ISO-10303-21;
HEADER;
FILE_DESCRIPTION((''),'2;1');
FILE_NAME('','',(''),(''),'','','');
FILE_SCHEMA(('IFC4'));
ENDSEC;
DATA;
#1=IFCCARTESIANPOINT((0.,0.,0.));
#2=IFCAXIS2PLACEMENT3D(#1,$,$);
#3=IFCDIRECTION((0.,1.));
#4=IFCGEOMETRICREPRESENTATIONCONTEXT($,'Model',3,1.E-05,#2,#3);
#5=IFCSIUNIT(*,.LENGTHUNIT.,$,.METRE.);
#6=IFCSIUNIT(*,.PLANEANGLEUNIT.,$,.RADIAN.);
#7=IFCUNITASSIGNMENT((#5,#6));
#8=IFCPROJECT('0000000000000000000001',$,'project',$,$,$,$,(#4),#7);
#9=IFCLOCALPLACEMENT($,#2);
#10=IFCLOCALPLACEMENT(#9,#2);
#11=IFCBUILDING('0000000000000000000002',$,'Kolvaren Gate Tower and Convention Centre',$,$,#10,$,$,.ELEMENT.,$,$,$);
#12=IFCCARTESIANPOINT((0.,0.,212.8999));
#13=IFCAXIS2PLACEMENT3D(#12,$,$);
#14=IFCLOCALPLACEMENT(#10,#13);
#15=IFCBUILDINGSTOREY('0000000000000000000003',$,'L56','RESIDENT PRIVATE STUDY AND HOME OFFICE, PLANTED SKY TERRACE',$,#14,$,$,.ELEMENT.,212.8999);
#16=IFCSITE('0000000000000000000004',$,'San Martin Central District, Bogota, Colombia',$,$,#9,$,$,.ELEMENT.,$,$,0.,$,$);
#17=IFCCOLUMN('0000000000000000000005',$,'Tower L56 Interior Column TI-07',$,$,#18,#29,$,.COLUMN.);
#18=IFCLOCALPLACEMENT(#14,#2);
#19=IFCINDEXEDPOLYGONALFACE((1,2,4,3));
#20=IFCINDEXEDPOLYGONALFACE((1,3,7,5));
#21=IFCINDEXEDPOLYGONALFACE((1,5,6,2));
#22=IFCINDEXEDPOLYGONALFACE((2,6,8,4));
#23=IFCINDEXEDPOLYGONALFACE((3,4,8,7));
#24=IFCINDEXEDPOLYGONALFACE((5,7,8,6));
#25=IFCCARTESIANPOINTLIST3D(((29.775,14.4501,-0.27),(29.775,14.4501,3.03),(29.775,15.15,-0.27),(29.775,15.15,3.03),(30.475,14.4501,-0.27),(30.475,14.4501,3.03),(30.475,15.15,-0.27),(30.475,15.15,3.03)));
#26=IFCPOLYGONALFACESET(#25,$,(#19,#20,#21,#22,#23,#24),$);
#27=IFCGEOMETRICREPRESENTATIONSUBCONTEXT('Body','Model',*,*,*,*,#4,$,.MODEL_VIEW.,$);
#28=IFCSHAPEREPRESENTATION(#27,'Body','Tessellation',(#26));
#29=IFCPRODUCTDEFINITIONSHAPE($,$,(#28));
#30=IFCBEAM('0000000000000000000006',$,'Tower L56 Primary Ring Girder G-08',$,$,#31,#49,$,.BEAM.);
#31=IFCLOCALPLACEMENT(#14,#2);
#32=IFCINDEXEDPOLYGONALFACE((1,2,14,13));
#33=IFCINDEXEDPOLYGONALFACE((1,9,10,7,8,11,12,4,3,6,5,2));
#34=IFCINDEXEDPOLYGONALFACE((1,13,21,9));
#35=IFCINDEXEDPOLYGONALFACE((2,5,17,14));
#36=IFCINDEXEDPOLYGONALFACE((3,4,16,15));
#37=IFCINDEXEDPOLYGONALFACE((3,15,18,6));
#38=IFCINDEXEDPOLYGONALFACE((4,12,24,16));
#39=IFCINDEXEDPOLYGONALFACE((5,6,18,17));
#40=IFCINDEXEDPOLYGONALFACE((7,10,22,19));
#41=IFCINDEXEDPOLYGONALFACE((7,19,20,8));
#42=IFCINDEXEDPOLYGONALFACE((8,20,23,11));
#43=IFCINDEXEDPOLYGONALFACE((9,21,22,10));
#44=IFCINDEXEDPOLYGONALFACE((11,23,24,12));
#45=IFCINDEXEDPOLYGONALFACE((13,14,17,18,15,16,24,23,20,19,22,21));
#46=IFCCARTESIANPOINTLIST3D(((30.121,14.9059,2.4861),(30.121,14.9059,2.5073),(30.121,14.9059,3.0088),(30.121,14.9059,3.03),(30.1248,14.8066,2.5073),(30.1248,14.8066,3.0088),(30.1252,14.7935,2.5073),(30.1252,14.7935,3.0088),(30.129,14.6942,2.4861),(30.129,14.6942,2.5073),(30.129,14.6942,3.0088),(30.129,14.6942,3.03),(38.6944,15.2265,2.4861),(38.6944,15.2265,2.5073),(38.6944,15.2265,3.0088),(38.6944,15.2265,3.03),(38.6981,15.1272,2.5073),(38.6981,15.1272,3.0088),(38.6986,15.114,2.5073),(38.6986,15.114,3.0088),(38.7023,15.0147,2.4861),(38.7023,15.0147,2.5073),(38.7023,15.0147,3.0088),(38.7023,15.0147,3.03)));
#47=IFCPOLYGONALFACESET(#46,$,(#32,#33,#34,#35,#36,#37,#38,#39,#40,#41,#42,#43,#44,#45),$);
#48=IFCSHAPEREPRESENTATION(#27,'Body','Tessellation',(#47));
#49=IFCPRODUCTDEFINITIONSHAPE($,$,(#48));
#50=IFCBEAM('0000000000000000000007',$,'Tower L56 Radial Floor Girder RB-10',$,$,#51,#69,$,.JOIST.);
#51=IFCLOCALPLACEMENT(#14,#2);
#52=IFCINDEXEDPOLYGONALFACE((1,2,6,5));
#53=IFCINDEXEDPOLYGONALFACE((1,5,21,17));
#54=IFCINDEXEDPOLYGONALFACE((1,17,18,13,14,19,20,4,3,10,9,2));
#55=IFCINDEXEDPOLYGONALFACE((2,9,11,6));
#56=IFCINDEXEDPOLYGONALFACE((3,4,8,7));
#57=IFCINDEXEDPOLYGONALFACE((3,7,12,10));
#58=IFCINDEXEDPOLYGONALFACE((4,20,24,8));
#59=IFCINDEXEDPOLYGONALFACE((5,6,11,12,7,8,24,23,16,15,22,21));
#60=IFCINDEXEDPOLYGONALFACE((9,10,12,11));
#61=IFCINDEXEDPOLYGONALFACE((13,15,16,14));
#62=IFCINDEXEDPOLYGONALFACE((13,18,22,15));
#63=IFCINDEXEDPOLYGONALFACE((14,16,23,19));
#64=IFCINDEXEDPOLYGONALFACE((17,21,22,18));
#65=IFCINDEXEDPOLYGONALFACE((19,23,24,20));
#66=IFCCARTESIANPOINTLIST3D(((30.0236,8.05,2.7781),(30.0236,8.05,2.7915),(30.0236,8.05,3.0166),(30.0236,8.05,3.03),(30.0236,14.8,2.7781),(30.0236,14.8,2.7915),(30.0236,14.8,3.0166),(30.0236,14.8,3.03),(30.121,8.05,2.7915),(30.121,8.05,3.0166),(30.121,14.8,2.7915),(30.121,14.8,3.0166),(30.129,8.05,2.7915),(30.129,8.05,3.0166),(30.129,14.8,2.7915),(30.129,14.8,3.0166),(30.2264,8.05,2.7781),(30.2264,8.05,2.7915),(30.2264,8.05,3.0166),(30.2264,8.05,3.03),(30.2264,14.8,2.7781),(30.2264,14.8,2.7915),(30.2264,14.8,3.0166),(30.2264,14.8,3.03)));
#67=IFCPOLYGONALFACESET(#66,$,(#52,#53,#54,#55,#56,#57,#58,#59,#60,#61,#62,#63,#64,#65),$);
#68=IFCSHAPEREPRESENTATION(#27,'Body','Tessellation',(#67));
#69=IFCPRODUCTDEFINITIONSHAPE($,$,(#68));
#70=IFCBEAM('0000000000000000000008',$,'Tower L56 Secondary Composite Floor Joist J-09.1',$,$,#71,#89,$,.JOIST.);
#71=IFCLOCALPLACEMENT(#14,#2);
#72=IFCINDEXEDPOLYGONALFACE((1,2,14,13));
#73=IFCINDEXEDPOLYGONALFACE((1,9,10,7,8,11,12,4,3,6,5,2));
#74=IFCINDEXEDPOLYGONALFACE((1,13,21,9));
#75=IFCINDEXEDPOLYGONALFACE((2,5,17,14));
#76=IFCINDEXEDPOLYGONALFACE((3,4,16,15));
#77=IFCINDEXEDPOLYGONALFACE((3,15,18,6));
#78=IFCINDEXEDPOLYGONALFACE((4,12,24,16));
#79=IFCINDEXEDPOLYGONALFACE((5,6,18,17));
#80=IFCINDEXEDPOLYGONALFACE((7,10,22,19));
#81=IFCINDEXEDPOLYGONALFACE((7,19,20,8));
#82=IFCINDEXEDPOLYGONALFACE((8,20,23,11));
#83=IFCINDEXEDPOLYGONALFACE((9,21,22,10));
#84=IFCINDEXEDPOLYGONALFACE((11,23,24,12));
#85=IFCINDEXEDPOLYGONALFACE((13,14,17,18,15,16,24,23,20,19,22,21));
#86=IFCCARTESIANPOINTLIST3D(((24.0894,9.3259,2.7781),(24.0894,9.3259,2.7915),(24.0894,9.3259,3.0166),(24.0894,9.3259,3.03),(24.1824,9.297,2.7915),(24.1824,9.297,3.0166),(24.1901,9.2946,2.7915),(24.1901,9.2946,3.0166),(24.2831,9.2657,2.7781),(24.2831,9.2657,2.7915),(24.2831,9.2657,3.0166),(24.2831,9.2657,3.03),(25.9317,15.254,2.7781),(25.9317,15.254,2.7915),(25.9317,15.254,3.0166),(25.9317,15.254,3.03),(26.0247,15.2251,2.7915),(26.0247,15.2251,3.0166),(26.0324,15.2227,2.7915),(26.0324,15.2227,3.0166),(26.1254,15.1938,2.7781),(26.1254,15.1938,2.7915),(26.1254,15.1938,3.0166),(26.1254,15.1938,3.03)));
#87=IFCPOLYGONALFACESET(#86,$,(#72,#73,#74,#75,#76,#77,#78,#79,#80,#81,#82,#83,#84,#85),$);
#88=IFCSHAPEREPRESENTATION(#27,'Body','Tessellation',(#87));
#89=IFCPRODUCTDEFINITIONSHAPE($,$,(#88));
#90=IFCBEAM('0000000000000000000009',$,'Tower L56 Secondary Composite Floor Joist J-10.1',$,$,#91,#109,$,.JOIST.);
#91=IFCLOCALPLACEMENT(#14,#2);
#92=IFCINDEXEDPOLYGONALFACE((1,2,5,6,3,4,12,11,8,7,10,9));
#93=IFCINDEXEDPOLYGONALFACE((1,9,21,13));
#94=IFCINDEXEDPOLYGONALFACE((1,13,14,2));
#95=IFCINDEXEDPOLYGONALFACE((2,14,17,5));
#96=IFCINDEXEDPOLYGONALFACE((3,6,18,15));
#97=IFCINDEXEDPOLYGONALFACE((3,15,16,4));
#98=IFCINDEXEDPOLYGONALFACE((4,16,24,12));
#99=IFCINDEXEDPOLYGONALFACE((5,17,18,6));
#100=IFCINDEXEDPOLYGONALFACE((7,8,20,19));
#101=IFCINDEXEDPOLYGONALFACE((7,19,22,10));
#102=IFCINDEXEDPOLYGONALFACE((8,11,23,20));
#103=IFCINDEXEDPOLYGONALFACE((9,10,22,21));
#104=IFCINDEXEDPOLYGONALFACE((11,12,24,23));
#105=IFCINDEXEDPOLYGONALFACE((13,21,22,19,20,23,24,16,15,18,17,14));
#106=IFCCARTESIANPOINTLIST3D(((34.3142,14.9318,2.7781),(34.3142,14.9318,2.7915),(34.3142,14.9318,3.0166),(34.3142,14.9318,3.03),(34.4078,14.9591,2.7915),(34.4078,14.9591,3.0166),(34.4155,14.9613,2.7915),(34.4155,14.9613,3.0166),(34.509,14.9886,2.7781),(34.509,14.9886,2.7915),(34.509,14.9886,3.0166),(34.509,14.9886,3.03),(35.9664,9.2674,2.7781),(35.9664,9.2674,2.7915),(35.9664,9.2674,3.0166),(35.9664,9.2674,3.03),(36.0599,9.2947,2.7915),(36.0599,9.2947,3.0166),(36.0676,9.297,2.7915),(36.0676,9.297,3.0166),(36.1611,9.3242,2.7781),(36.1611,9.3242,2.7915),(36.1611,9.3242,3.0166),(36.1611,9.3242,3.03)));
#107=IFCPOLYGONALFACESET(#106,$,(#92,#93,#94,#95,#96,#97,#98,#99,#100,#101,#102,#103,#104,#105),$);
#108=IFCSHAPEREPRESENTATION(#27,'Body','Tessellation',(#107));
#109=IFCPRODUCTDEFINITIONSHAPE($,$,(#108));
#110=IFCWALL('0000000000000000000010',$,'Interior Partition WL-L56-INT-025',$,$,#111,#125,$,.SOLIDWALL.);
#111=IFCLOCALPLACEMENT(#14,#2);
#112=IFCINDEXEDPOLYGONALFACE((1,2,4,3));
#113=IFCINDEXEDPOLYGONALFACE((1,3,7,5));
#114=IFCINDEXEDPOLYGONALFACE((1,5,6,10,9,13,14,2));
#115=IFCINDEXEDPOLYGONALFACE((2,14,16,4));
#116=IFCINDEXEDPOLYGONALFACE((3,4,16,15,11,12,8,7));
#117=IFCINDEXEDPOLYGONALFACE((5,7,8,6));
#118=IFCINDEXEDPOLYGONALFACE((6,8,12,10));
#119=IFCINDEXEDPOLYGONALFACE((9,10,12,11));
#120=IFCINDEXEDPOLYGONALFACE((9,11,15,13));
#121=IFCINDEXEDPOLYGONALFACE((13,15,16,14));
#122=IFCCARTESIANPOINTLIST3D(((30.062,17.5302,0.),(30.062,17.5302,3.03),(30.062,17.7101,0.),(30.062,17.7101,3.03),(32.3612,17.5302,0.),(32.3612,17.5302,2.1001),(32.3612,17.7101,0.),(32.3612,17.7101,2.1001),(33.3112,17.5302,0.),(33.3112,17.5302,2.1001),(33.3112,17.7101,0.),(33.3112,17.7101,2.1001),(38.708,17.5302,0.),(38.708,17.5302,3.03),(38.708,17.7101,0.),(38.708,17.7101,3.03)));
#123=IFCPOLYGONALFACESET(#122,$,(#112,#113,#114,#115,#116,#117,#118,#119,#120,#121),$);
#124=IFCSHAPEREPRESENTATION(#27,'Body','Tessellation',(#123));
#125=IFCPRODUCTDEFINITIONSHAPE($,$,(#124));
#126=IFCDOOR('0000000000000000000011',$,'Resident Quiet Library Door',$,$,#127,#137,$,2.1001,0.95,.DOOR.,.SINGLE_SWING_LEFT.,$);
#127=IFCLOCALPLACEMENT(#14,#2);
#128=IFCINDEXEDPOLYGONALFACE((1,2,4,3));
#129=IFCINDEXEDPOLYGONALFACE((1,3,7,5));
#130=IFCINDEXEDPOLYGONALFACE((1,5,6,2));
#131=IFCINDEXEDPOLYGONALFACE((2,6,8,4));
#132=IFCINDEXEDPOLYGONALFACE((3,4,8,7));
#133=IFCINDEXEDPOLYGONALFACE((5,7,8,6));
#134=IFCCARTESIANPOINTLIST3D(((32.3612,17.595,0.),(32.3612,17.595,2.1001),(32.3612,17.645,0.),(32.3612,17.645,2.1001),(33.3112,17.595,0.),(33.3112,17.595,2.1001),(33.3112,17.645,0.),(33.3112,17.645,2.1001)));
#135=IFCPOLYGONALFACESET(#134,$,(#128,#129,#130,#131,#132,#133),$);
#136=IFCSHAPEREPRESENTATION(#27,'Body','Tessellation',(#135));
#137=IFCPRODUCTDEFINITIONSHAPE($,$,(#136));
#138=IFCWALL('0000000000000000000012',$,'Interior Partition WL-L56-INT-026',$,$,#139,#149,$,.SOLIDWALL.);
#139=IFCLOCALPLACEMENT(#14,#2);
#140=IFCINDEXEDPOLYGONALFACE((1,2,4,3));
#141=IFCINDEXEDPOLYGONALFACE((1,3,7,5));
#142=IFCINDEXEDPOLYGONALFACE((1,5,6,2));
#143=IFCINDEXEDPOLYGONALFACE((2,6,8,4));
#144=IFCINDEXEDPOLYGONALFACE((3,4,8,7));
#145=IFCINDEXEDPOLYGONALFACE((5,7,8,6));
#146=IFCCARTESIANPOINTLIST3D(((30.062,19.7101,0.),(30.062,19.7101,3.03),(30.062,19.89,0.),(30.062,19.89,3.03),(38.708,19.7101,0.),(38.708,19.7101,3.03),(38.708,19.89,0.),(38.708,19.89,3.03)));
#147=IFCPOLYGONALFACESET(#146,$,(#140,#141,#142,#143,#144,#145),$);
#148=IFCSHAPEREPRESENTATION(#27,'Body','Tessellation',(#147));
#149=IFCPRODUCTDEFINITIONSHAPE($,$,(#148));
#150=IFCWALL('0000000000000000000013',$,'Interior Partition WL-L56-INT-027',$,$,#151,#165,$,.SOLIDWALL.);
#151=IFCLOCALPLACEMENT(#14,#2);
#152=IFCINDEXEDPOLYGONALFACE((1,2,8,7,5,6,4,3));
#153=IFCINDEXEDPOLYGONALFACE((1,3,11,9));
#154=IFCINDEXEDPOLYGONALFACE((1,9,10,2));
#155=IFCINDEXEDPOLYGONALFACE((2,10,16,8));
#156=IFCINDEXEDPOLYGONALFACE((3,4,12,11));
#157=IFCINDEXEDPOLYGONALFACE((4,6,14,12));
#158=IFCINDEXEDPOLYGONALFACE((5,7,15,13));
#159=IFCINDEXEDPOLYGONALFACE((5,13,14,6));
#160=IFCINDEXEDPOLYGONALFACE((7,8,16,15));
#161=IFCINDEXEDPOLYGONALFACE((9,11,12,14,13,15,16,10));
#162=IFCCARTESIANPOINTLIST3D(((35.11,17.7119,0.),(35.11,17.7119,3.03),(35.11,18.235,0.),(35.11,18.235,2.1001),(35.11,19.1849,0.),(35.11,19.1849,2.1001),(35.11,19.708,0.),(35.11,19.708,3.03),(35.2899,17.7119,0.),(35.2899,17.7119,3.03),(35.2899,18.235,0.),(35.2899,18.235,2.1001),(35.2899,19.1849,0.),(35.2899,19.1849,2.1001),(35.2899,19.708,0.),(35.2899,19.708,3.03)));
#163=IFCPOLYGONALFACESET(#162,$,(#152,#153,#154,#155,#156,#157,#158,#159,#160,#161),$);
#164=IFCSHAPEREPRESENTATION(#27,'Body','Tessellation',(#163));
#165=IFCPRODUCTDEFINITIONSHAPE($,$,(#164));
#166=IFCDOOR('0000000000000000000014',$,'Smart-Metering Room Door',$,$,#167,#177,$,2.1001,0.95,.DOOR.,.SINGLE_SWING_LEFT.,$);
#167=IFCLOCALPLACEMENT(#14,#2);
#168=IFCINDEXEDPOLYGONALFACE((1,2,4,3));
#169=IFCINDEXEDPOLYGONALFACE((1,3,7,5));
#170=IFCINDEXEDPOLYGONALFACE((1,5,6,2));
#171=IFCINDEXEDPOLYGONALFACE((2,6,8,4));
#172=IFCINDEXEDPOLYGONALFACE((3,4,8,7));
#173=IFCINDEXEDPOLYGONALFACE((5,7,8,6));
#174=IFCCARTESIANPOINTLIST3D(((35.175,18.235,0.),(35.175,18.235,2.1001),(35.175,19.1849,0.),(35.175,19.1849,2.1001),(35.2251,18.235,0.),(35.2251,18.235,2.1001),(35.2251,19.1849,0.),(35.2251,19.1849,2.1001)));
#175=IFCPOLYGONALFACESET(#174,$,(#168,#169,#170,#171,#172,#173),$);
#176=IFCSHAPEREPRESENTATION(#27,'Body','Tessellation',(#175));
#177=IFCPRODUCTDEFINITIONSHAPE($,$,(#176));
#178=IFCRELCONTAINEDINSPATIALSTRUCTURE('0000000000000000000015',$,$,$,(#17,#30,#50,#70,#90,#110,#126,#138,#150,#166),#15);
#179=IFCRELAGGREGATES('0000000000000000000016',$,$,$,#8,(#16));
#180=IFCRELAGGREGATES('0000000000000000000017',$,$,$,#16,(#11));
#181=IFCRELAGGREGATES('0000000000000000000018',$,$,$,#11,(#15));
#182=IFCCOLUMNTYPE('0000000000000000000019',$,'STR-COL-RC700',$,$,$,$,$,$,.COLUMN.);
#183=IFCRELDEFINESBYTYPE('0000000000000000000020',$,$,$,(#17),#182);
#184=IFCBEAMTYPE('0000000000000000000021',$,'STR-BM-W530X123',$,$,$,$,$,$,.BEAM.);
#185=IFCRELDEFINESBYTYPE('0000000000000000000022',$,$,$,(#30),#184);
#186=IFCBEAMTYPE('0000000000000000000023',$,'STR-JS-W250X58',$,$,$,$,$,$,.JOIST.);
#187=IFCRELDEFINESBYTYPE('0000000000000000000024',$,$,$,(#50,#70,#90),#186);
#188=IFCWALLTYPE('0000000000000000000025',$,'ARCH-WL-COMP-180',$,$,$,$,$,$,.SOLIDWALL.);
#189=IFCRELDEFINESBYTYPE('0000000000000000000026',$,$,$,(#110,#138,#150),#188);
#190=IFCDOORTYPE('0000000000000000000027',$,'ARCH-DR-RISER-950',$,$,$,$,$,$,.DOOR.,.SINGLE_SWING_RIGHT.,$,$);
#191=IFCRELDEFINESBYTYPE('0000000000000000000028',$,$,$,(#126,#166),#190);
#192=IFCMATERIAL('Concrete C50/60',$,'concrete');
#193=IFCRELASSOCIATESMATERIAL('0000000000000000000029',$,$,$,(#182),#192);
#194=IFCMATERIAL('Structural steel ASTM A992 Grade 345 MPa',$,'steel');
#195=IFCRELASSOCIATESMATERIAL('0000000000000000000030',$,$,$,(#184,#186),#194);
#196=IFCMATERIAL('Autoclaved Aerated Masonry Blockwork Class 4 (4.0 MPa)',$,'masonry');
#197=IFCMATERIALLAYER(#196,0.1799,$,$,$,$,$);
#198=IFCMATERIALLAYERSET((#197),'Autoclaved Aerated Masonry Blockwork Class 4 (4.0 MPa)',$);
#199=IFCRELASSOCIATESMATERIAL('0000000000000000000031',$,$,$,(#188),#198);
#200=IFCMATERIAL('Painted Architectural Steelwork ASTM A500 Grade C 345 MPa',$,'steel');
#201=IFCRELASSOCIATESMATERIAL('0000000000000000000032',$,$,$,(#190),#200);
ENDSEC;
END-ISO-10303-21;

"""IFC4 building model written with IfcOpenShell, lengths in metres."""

from ifc_helpers import new_model, si_unit, direction, frame, frame_2d, origin, origin_2d, place, context, subcontext, project, spatial, rectangle, i_section, extrude, material, layer, layer_set, material_profile, profile_set, type_object, element, fill, save


model = new_model("IFC4")

# Units and contexts
model_context = context("Model", 3, precision=1e-05, world=origin(), true_north=direction((0.0, 1.0)))
body_context = subcontext(model_context, "Body", "Model", "MODEL_VIEW")
ifc_project = project(units=[si_unit("LENGTHUNIT", "METRE"), si_unit("PLANEANGLEUNIT", "RADIAN")], contexts=[model_context])

# Site, building, storey
site_placement = place(None, origin())
site = spatial("IfcSite", under=ifc_project, at=site_placement, Name="San Martin Central District, Bogota, Colombia", CompositionType="ELEMENT", RefElevation=0.0)
building_placement = place(site_placement, origin())
building = spatial("IfcBuilding", under=site, at=building_placement, Name="Kolvaren Gate Tower and Convention Centre", CompositionType="ELEMENT")
storey_placement = place(building_placement, frame((0.0, 0.0, 212.8999)))
storey = spatial("IfcBuildingStorey", under=building, at=storey_placement, Name="L56", Description="RESIDENT PRIVATE STUDY AND HOME OFFICE, PLANTED SKY TERRACE", CompositionType="ELEMENT", Elevation=212.8999)

# Column
ifc_material_1 = material(Name="Concrete C50/60", Category="concrete")
ifc_material_profile_1 = material_profile(ifc_material_1, rectangle(XDim=0.7, YDim=0.7, at=origin_2d()), Name="RC-COL-700X700")
ifc_profile_set_1 = profile_set([ifc_material_profile_1], Name="Concrete C50/60")
column_type = type_object("IfcColumnType", Name="STR-COL-RC700", PredefinedType="COLUMN", material=ifc_profile_set_1)
column_placement = place(storey_placement, frame((30.125, 14.8, -0.27), z_axis=(0.0, 0.0, 1.0), x_axis=(1.0, 0.0, 0.0)))
element("IfcColumn", 1, at=column_placement, inside=storey, type_object=column_type, Name="Tower L56 Interior Column TI-07", PredefinedType="COLUMN", context=body_context, shape_type="SweptSolid", body=[
    extrude(rectangle(XDim=0.7, YDim=0.7, at=origin_2d()), origin(), (0.0, 0.0, 1.0), 3.3),
])

# Beams
ifc_material_2 = material(Name="Structural steel ASTM A992 Grade 345 MPa", Category="steel")
ifc_material_profile_2 = material_profile(ifc_material_2, i_section(OverallWidth=0.2119, OverallDepth=0.5439, WebThickness=0.0132, FlangeThickness=0.0212, at=origin_2d()), Name="W530X123")
ifc_profile_set_2 = profile_set([ifc_material_profile_2], Name="Structural steel ASTM A992 Grade 345 MPa")
beam_type_1 = type_object("IfcBeamType", Name="STR-BM-W530X123", PredefinedType="BEAM", material=ifc_profile_set_2)
beam_1_placement = place(storey_placement, frame((30.125, 14.8, 2.7581), z_axis=(0.999302, 0.037364, 0.0), x_axis=(-0.037364, 0.999302, 0.0)))
element("IfcBeam", 2, at=beam_1_placement, inside=storey, type_object=beam_type_1, Name="Tower L56 Primary Ring Girder G-08", PredefinedType="BEAM", context=body_context, shape_type="SweptSolid", body=[
    extrude(i_section(OverallWidth=0.2119, OverallDepth=0.5439, WebThickness=0.0132, FlangeThickness=0.0212, at=origin_2d()), origin(), (0.0, 0.0, 1.0), 8.5793),
])
ifc_material_profile_3 = material_profile(ifc_material_2, i_section(OverallWidth=0.2029, OverallDepth=0.252, WebThickness=0.0081, FlangeThickness=0.0134, at=origin_2d()), Name="W250X58")
ifc_profile_set_3 = profile_set([ifc_material_profile_3], Name="Structural steel ASTM A992 Grade 345 MPa")
beam_type_2 = type_object("IfcBeamType", Name="STR-JS-W250X58", PredefinedType="JOIST", material=ifc_profile_set_3)
beam_2_placement = place(storey_placement, frame((30.125, 14.8, 2.9041), z_axis=(0.0, -1.0, 0.0), x_axis=(1.0, 0.0, 0.0)))
element("IfcBeam", 3, at=beam_2_placement, inside=storey, type_object=beam_type_2, Name="Tower L56 Radial Floor Girder RB-10", PredefinedType="JOIST", context=body_context, shape_type="SweptSolid", body=[
    extrude(i_section(OverallWidth=0.2029, OverallDepth=0.252, WebThickness=0.0081, FlangeThickness=0.0134, at=origin_2d()), origin(), (0.0, 0.0, 1.0), 6.75),
])
beam_3_placement = place(storey_placement, frame((26.0286, 15.2239, 2.9041), z_axis=(-0.296776, -0.954947, 0.0), x_axis=(0.954947, -0.296776, 0.0)))
element("IfcBeam", 4, at=beam_3_placement, inside=storey, type_object=beam_type_2, Name="Tower L56 Secondary Composite Floor Joist J-09.1", PredefinedType="JOIST", context=body_context, shape_type="SweptSolid", body=[
    extrude(i_section(OverallWidth=0.2029, OverallDepth=0.252, WebThickness=0.0081, FlangeThickness=0.0134, at=origin_2d()), origin(), (0.0, 0.0, 1.0), 6.2078),
])
beam_4_placement = place(storey_placement, frame((34.4116, 14.9602, 2.9041), z_axis=(0.280002, -0.96, 0.0), x_axis=(0.96, 0.280002, 0.0)))
element("IfcBeam", 5, at=beam_4_placement, inside=storey, type_object=beam_type_2, Name="Tower L56 Secondary Composite Floor Joist J-10.1", PredefinedType="JOIST", context=body_context, shape_type="SweptSolid", body=[
    extrude(i_section(OverallWidth=0.2029, OverallDepth=0.252, WebThickness=0.0081, FlangeThickness=0.0134, at=origin_2d()), origin(), (0.0, 0.0, 1.0), 5.9004),
])

# Wall, opening, door
ifc_material_3 = material(Name="Autoclaved Aerated Masonry Blockwork Class 4 (4.0 MPa)", Category="masonry")
ifc_layer_1 = layer(ifc_material_3, 0.1799)
ifc_layer_set_1 = layer_set([ifc_layer_1], Name="Autoclaved Aerated Masonry Blockwork Class 4 (4.0 MPa)")
wall_type_1 = type_object("IfcWallType", Name="ARCH-WL-COMP-180", PredefinedType="SOLIDWALL", material=ifc_layer_set_1)
wall_1_placement = place(storey_placement, frame((30.062, 17.6201, 0.0), z_axis=(0.0, 0.0, 1.0), x_axis=(1.0, 0.0, 0.0)))
wall_1 = element("IfcWall", 6, at=wall_1_placement, inside=storey, type_object=wall_type_1, Name="Interior Partition WL-L56-INT-025", PredefinedType="SOLIDWALL", context=body_context, shape_type="SweptSolid", body=[
    extrude(rectangle(XDim=8.646, YDim=0.1799, at=frame_2d((4.323, 0.0))), origin(), (0.0, 0.0, 1.0), 3.03),
])
opening_1_placement = place(wall_1_placement, frame((2.2991, 0.0, 0.0)))
opening_1 = element("IfcOpeningElement", 7, at=opening_1_placement, cuts=wall_1, PredefinedType="OPENING", context=body_context, shape_type="SweptSolid", body=[
    extrude(rectangle(XDim=0.95, YDim=2.1001, at=frame_2d((0.4751, 1.05))), frame((0.0, 0.0999, 0.0), z_axis=(0.0, -1.0, 0.0), x_axis=(1.0, 0.0, 0.0)), (0.0, 0.0, 1.0), 0.2),
])
ifc_material_4 = material(Name="Painted Architectural Steelwork ASTM A500 Grade C 345 MPa", Category="steel")
door_type_1 = type_object("IfcDoorType", Name="ARCH-DR-RISER-950", OperationType="SINGLE_SWING_RIGHT", PredefinedType="DOOR", material=ifc_material_4)
door_1_placement = place(opening_1_placement, origin())
door_1 = element("IfcDoor", 8, at=door_1_placement, inside=storey, type_object=door_type_1, Name="Resident Quiet Library Door", OperationType="SINGLE_SWING_LEFT", OverallHeight=2.1001, OverallWidth=0.95, PredefinedType="DOOR", context=body_context, shape_type="SweptSolid", body=[
    extrude(rectangle(XDim=0.95, YDim=2.1001, at=frame_2d((0.4751, 1.05))), frame((0.0, 0.0249, 0.0), z_axis=(0.0, -1.0, 0.0), x_axis=(1.0, 0.0, 0.0)), (0.0, 0.0, 1.0), 0.05),
])
fill(opening_1, door_1)

# Wall
wall_2_placement = place(storey_placement, frame((30.062, 19.8, 0.0), z_axis=(0.0, 0.0, 1.0), x_axis=(1.0, 0.0, 0.0)))
element("IfcWall", 9, at=wall_2_placement, inside=storey, type_object=wall_type_1, Name="Interior Partition WL-L56-INT-026", PredefinedType="SOLIDWALL", context=body_context, shape_type="SweptSolid", body=[
    extrude(rectangle(XDim=8.646, YDim=0.1799, at=frame_2d((4.323, 0.0))), origin(), (0.0, 0.0, 1.0), 3.03),
])

# Wall, opening, door
wall_3_placement = place(storey_placement, frame((35.2, 17.7119, 0.0), z_axis=(0.0, 0.0, 1.0), x_axis=(0.0, 1.0, 0.0)))
wall_3 = element("IfcWall", 10, at=wall_3_placement, inside=storey, type_object=wall_type_1, Name="Interior Partition WL-L56-INT-027", PredefinedType="SOLIDWALL", context=body_context, shape_type="SweptSolid", body=[
    extrude(rectangle(XDim=1.9961, YDim=0.1799, at=frame_2d((0.998, 0.0))), origin(), (0.0, 0.0, 1.0), 3.03),
])
opening_2_placement = place(wall_3_placement, frame((0.5229, 0.0, 0.0)))
opening_2 = element("IfcOpeningElement", 11, at=opening_2_placement, cuts=wall_3, PredefinedType="OPENING", context=body_context, shape_type="SweptSolid", body=[
    extrude(rectangle(XDim=0.95, YDim=2.1001, at=frame_2d((0.4751, 1.05))), frame((0.0, 0.0999, 0.0), z_axis=(0.0, -1.0, 0.0), x_axis=(1.0, 0.0, 0.0)), (0.0, 0.0, 1.0), 0.2),
])
door_2_placement = place(opening_2_placement, origin())
door_2 = element("IfcDoor", 12, at=door_2_placement, inside=storey, type_object=door_type_1, Name="Smart-Metering Room Door", OperationType="SINGLE_SWING_LEFT", OverallHeight=2.1001, OverallWidth=0.95, PredefinedType="DOOR", context=body_context, shape_type="SweptSolid", body=[
    extrude(rectangle(XDim=0.95, YDim=2.1001, at=frame_2d((0.4751, 1.05))), frame((0.0, 0.0249, 0.0), z_axis=(0.0, -1.0, 0.0), x_axis=(1.0, 0.0, 0.0)), (0.0, 0.0, 1.0), 0.05),
])
fill(opening_2, door_2)

save(model, "model.ifc")
